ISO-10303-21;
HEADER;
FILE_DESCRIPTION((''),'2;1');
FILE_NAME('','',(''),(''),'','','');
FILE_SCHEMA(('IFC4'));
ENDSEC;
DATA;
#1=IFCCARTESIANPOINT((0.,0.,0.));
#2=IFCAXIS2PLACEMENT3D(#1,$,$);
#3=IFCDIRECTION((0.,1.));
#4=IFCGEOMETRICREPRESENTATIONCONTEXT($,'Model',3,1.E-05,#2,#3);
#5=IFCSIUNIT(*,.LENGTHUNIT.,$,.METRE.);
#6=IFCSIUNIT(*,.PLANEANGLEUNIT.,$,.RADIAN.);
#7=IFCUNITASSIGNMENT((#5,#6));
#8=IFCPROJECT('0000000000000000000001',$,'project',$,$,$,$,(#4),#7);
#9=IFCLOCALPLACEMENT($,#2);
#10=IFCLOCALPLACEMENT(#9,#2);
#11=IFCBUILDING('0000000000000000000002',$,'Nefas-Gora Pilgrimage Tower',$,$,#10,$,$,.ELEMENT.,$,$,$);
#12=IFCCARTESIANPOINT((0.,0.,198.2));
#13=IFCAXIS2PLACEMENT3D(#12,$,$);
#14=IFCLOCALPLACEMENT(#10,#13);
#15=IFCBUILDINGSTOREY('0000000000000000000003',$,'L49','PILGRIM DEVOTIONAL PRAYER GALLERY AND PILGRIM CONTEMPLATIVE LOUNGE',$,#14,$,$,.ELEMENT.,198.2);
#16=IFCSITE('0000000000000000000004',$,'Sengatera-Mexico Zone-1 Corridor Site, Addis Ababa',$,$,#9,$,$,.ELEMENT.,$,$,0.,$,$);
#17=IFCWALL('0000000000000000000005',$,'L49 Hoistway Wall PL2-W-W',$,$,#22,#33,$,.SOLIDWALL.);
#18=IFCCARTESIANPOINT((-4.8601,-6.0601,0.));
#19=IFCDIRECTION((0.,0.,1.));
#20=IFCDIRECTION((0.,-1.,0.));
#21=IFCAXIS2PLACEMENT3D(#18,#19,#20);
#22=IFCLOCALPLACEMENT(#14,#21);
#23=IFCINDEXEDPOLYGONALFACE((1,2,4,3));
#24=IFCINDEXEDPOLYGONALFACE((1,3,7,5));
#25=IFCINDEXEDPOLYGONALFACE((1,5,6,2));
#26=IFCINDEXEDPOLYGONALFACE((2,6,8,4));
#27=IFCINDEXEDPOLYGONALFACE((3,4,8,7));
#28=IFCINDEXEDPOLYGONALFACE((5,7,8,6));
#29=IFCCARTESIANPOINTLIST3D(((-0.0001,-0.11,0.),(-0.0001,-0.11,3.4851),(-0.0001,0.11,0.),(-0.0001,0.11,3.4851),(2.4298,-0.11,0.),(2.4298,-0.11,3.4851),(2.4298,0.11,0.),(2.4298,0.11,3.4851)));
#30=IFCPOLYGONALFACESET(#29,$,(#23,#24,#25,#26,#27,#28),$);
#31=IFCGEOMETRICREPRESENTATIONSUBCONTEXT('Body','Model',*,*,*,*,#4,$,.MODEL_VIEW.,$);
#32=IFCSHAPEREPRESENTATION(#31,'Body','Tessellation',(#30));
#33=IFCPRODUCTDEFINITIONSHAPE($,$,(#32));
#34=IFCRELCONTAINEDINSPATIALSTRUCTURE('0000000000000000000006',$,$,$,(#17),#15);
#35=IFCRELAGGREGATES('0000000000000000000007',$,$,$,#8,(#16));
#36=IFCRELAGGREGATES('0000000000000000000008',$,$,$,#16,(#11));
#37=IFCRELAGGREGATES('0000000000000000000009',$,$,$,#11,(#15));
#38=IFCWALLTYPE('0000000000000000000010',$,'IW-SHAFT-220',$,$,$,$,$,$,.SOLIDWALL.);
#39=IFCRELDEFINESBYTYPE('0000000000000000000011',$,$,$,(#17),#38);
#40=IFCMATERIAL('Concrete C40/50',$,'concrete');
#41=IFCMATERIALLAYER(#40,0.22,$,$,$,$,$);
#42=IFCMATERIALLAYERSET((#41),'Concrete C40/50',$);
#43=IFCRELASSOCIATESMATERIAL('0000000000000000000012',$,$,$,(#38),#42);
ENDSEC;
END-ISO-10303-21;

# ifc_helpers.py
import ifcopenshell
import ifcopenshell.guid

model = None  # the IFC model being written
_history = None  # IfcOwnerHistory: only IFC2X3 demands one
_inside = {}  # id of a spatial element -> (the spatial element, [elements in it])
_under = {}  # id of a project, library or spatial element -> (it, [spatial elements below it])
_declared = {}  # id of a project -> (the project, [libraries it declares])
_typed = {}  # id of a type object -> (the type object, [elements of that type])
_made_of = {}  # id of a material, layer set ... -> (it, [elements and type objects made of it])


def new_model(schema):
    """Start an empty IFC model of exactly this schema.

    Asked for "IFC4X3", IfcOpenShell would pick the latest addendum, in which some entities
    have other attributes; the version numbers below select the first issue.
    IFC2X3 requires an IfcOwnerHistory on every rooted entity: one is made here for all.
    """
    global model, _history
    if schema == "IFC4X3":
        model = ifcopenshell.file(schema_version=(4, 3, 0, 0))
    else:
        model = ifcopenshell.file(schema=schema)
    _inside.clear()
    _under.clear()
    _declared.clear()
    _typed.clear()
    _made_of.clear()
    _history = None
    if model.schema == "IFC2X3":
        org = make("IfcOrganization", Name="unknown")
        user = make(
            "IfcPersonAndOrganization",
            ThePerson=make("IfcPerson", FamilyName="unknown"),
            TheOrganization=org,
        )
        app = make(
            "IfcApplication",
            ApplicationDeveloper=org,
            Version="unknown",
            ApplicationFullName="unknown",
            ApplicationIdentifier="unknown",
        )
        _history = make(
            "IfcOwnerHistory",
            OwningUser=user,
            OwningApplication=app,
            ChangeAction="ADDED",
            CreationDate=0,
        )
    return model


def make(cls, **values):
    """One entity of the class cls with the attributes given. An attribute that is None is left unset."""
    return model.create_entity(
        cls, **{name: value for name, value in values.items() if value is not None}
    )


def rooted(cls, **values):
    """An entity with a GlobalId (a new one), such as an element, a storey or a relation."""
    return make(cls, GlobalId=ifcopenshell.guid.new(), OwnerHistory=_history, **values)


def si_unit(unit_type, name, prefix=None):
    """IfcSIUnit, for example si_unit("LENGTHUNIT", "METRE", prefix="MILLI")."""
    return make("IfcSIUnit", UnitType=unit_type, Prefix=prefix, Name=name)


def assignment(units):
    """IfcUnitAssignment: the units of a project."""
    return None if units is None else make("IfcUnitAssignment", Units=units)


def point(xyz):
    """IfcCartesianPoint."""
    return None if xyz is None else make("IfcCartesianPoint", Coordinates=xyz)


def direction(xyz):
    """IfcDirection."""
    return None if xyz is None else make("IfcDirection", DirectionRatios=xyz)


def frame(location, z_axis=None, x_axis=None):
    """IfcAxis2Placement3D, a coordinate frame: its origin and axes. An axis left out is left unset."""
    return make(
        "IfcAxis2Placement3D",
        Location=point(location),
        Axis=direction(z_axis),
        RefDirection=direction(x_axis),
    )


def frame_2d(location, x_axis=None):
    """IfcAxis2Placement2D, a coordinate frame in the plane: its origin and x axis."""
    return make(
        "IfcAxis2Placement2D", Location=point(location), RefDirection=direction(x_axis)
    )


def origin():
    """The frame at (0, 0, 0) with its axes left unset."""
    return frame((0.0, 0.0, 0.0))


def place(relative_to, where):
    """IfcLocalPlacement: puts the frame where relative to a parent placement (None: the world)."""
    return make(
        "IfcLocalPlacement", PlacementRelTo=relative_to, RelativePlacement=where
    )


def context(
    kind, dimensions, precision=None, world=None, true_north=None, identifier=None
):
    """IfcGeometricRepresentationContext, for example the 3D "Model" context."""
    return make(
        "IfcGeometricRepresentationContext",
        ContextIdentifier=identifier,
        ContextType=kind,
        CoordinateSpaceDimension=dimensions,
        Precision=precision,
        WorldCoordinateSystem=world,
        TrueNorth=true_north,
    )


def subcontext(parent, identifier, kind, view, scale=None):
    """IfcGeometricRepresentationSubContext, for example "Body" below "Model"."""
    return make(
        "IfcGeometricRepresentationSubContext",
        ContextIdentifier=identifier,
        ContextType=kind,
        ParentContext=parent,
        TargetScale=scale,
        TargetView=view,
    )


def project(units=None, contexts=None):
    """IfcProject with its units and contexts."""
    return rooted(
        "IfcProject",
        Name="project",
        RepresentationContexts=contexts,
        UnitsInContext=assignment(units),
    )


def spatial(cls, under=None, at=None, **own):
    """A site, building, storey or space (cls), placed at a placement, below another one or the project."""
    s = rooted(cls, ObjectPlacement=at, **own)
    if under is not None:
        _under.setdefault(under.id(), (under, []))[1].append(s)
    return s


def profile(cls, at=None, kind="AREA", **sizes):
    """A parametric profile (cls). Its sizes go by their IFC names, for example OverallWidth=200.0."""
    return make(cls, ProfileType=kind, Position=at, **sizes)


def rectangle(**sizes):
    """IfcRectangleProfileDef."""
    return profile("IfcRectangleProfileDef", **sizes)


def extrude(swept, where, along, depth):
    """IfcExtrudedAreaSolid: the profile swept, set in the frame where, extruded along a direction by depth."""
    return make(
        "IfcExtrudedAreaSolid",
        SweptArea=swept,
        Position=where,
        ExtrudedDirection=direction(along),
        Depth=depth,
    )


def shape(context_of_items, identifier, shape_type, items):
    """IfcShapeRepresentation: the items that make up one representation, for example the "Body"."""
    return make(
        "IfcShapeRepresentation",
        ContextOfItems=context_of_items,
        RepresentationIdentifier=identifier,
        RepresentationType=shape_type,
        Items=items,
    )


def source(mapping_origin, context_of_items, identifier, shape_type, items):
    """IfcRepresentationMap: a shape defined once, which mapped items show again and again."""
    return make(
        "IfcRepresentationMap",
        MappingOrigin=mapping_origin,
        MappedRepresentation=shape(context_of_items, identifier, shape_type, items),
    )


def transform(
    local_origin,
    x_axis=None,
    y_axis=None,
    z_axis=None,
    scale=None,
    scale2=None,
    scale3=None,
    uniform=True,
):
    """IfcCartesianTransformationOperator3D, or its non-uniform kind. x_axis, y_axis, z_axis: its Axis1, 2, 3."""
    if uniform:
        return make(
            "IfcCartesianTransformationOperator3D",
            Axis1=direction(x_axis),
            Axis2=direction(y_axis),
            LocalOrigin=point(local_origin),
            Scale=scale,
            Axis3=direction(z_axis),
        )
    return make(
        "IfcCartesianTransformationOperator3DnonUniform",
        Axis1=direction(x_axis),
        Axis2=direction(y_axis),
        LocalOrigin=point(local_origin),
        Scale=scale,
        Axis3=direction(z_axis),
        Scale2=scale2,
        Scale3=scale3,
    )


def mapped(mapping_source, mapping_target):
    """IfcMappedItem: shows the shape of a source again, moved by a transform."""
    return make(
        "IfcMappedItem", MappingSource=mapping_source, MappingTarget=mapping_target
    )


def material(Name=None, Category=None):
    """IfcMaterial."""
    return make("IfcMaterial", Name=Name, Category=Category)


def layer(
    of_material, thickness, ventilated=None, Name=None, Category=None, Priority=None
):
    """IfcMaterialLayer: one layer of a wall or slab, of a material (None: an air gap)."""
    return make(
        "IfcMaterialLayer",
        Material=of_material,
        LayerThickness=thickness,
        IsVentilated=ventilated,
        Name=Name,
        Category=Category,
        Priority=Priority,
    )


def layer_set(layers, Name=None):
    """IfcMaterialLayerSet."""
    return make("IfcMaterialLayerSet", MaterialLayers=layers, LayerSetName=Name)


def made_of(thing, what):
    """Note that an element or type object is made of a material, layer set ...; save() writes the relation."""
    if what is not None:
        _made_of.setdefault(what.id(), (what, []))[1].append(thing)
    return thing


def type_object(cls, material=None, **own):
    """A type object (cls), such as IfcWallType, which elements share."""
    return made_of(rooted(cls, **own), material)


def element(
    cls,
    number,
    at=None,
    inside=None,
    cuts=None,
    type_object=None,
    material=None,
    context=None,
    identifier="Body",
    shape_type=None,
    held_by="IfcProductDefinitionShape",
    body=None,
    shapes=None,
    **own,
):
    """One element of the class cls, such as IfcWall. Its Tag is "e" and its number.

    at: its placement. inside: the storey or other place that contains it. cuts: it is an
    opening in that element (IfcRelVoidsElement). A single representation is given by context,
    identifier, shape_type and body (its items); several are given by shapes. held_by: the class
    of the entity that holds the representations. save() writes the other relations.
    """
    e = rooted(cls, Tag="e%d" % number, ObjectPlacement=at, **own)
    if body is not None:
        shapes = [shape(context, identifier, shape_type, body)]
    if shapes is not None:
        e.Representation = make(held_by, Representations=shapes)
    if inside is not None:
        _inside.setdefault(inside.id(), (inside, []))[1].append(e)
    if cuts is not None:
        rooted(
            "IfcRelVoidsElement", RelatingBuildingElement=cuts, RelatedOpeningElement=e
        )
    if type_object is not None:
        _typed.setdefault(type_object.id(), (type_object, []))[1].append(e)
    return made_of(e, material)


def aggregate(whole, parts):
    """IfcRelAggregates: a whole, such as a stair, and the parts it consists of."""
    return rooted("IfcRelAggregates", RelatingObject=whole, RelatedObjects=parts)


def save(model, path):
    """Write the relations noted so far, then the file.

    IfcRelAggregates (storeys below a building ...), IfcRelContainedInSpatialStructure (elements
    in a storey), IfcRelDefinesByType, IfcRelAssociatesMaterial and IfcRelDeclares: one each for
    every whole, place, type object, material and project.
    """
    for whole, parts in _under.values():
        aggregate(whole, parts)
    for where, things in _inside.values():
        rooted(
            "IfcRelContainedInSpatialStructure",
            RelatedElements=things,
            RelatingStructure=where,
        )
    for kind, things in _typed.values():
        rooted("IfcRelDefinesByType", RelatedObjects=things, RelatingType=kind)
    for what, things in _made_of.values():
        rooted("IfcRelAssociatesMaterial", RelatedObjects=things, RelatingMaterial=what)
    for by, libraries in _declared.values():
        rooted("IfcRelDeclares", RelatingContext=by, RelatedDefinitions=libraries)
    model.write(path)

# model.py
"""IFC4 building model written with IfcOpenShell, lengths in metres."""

from ifc_helpers import new_model, si_unit, direction, frame, frame_2d, origin, place, context, subcontext, project, spatial, rectangle, extrude, source, transform, mapped, material, layer, layer_set, type_object, element, save


model = new_model("IFC4")

# Units and contexts
model_context = context("Model", 3, precision=1e-05, world=origin(), true_north=direction((0.0, 1.0)))
body_context = subcontext(model_context, "Body", "Model", "MODEL_VIEW")
ifc_project = project(units=[si_unit("LENGTHUNIT", "METRE"), si_unit("PLANEANGLEUNIT", "RADIAN")], contexts=[model_context])

# Site, building, storey
site_placement = place(None, origin())
site = spatial("IfcSite", under=ifc_project, at=site_placement, Name="Sengatera-Mexico Zone-1 Corridor Site, Addis Ababa", CompositionType="ELEMENT", RefElevation=0.0)
building_placement = place(site_placement, origin())
building = spatial("IfcBuilding", under=site, at=building_placement, Name="Nefas-Gora Pilgrimage Tower", CompositionType="ELEMENT")
storey_placement = place(building_placement, frame((0.0, 0.0, 198.2)))
storey = spatial("IfcBuildingStorey", under=building, at=storey_placement, Name="L49", Description="PILGRIM DEVOTIONAL PRAYER GALLERY AND PILGRIM CONTEMPLATIVE LOUNGE", CompositionType="ELEMENT", Elevation=198.2)

# Wall
ifc_material_1 = material(Name="Concrete C40/50", Category="concrete")
ifc_layer_1 = layer(ifc_material_1, 0.22)
ifc_layer_set_1 = layer_set([ifc_layer_1], Name="Concrete C40/50")
wall_type_1 = type_object("IfcWallType", Name="IW-SHAFT-220", PredefinedType="SOLIDWALL", material=ifc_layer_set_1)
shared_shape_1 = source(origin(), body_context, "Body", "SweptSolid", [
    extrude(rectangle(XDim=2.4299, YDim=0.22, at=frame_2d((1.2148, 0.0))), origin(), (0.0, 0.0, 1.0), 3.4851),
])
wall_1_placement = place(storey_placement, frame((-4.8601, -6.0601, 0.0), z_axis=(0.0, 0.0, 1.0), x_axis=(0.0, -1.0, 0.0)))
element("IfcWall", 1, at=wall_1_placement, inside=storey, type_object=wall_type_1, Name="L49 Hoistway Wall PL2-W-W", PredefinedType="SOLIDWALL", context=body_context, shape_type="MappedRepresentation", body=[
    mapped(shared_shape_1, transform((0.0, 0.0, 0.0), x_axis=(1.0, 0.0, 0.0), y_axis=(0.0, 1.0, 0.0), z_axis=(0.0, 0.0, 1.0), scale=1.0)),
])

save(model, "model.ifc")
